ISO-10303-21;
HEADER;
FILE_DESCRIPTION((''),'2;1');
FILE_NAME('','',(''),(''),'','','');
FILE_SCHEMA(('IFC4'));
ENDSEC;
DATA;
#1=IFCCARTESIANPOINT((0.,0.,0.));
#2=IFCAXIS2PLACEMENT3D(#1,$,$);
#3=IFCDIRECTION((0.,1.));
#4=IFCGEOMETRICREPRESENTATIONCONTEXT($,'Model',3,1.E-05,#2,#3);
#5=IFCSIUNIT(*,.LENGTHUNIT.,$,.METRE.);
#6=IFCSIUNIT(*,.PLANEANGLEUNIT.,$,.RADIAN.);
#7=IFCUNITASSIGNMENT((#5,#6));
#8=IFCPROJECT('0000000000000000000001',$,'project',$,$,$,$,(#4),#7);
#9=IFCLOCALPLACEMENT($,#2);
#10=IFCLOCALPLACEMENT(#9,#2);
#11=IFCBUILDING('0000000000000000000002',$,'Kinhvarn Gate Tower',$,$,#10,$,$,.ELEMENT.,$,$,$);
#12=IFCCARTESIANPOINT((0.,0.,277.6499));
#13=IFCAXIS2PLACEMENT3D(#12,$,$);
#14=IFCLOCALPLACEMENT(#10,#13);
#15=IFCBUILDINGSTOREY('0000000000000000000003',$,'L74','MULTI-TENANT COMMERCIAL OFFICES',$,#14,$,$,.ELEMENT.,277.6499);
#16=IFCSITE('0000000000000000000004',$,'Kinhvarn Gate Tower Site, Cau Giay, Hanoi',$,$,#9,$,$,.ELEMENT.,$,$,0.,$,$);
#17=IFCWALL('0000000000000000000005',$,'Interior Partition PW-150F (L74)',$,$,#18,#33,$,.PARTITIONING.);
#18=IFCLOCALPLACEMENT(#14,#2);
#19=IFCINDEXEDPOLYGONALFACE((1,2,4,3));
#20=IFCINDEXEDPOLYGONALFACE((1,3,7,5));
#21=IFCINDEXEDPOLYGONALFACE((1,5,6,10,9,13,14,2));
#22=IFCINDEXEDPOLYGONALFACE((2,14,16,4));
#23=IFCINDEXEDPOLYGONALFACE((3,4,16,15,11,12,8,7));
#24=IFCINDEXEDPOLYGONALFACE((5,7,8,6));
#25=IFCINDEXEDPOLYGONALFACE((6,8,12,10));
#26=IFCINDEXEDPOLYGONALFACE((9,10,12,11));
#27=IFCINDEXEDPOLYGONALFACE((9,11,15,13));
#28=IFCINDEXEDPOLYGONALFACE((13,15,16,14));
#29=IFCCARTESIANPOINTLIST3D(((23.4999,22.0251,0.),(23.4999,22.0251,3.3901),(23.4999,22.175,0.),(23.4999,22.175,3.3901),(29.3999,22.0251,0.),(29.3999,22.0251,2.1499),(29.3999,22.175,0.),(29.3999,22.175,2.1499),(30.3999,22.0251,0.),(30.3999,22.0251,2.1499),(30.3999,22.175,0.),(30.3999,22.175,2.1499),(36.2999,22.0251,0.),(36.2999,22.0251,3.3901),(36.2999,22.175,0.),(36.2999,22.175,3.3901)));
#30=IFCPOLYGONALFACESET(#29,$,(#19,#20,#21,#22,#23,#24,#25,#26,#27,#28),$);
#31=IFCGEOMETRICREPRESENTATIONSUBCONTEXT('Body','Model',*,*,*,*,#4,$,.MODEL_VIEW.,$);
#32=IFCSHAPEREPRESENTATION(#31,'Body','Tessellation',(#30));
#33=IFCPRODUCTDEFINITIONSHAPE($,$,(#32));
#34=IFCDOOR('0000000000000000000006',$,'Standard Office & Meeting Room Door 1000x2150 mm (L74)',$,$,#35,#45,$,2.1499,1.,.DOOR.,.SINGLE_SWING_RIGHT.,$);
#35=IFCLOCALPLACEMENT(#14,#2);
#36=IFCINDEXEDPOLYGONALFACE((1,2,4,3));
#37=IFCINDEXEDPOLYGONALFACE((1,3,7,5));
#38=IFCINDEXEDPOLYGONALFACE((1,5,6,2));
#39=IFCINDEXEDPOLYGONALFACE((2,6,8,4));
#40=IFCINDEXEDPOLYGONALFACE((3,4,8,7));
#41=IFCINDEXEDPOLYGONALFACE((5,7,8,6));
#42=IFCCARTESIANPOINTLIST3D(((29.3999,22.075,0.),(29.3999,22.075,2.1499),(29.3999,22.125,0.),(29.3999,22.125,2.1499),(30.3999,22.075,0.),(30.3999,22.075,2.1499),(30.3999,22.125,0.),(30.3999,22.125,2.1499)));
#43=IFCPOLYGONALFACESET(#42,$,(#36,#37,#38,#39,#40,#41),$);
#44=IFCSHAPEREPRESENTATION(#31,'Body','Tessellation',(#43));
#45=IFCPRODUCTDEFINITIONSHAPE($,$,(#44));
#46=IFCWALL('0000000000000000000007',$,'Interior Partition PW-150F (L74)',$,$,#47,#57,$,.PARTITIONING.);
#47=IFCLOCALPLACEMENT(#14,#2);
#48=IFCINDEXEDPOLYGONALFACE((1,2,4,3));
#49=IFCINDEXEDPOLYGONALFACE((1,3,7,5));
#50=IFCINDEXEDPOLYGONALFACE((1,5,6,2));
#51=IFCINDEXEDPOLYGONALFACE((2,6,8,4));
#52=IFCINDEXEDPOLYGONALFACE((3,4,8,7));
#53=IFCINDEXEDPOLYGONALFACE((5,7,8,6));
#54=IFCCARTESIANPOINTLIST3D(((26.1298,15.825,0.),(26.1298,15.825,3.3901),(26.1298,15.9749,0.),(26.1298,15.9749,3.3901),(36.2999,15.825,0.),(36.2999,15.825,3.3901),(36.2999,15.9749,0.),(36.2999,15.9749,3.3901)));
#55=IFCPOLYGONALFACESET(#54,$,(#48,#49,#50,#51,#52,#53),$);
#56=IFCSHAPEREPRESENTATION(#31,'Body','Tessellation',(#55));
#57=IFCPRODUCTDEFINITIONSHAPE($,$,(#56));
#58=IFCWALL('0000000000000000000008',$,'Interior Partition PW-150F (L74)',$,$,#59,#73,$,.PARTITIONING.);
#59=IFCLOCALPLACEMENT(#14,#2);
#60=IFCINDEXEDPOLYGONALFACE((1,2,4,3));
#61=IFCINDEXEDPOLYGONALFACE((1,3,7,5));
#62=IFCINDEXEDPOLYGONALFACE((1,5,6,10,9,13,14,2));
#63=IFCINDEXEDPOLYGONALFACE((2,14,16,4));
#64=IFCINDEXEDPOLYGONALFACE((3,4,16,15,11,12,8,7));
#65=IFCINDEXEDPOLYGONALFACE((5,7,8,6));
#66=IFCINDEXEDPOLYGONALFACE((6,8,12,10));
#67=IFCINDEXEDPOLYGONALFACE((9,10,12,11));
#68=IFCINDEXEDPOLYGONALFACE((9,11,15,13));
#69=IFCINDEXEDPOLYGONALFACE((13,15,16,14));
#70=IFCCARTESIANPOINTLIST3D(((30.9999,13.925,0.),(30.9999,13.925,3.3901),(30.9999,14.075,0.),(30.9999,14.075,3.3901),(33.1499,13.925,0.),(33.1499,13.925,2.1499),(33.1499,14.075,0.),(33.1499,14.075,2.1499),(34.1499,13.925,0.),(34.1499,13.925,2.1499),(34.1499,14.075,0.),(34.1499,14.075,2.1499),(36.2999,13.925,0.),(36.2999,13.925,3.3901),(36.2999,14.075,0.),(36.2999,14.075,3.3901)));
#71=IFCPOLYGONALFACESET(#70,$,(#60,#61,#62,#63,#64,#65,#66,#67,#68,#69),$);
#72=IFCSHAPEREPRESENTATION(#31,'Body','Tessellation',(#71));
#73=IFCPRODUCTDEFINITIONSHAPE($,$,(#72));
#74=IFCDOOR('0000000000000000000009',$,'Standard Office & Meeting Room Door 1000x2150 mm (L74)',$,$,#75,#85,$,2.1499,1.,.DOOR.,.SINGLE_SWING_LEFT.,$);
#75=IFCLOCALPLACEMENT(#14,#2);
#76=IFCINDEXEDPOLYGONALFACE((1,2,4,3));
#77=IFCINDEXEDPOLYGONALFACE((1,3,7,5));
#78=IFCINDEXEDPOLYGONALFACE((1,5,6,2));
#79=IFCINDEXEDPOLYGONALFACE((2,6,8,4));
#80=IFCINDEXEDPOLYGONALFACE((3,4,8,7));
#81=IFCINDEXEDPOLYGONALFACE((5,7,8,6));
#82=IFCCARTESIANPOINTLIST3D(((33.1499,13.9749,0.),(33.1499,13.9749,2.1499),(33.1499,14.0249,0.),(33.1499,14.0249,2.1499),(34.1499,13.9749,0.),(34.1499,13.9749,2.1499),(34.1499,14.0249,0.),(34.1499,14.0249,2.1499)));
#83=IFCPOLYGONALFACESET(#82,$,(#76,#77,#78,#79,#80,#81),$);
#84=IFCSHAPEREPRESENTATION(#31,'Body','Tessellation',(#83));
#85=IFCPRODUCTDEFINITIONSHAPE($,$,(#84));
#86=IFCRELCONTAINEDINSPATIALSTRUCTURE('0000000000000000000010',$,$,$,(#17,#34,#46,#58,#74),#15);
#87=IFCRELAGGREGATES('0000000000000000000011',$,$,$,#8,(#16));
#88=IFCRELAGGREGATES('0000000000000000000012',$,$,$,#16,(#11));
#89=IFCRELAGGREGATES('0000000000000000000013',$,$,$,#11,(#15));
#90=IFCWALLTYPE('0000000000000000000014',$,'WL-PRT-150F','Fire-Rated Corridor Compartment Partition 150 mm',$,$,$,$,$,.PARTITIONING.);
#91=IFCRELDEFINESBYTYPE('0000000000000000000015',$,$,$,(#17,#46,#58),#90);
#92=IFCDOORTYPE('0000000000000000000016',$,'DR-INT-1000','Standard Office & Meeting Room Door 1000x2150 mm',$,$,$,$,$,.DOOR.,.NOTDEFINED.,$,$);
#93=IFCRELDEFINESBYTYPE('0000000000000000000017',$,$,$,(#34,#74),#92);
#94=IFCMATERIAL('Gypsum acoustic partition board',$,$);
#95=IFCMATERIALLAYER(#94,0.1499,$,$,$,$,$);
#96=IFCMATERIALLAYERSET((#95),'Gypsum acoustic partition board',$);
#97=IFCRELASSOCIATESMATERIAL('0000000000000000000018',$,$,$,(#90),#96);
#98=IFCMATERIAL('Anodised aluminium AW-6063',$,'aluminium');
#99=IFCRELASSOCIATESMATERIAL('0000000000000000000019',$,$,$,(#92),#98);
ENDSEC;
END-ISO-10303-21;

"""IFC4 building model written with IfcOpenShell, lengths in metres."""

from ifc_helpers import new_model, si_unit, direction, frame, frame_2d, origin, place, context, subcontext, project, spatial, rectangle, extrude, material, layer, layer_set, type_object, element, fill, save


model = new_model("IFC4")

# Units and contexts
model_context = context("Model", 3, precision=1e-05, world=origin(), true_north=direction((0.0, 1.0)))
body_context = subcontext(model_context, "Body", "Model", "MODEL_VIEW")
ifc_project = project(units=[si_unit("LENGTHUNIT", "METRE"), si_unit("PLANEANGLEUNIT", "RADIAN")], contexts=[model_context])

# Site, building, storey
site_placement = place(None, origin())
site = spatial("IfcSite", under=ifc_project, at=site_placement, Name="Kinhvarn Gate Tower Site, Cau Giay, Hanoi", CompositionType="ELEMENT", RefElevation=0.0)
building_placement = place(site_placement, origin())
building = spatial("IfcBuilding", under=site, at=building_placement, Name="Kinhvarn Gate Tower", CompositionType="ELEMENT")
storey_placement = place(building_placement, frame((0.0, 0.0, 277.6499)))
storey = spatial("IfcBuildingStorey", under=building, at=storey_placement, Name="L74", Description="MULTI-TENANT COMMERCIAL OFFICES", CompositionType="ELEMENT", Elevation=277.6499)

# Shared definitions
ifc_material_1 = material(Name="Gypsum acoustic partition board")
ifc_layer_1 = layer(ifc_material_1, 0.1499)
ifc_layer_set_1 = layer_set([ifc_layer_1], Name="Gypsum acoustic partition board")
wall_type_1 = type_object("IfcWallType", Name="WL-PRT-150F", Description="Fire-Rated Corridor Compartment Partition 150 mm", PredefinedType="PARTITIONING", material=ifc_layer_set_1)

# Wall, opening, door
wall_1_placement = place(storey_placement, frame((23.5, 22.1001, 0.0), z_axis=(0.0, 0.0, 1.0), x_axis=(1.0, 0.0, 0.0)))
wall_1 = element("IfcWall", 1, at=wall_1_placement, inside=storey, type_object=wall_type_1, Name="Interior Partition PW-150F (L74)", PredefinedType="PARTITIONING", context=body_context, shape_type="SweptSolid", body=[
    extrude(rectangle(XDim=12.8, YDim=0.1499, at=frame_2d((6.3999, 0.0))), origin(), (0.0, 0.0, 1.0), 3.3901),
])
opening_1_placement = place(wall_1_placement, frame((5.8999, 0.0, 0.0)))
opening_1 = element("IfcOpeningElement", 2, at=opening_1_placement, cuts=wall_1, PredefinedType="OPENING", context=body_context, shape_type="SweptSolid", body=[
    extrude(rectangle(XDim=1.0, YDim=2.1499, at=frame_2d((0.5, 1.075))), frame((0.0, 0.085, 0.0), z_axis=(0.0, -1.0, 0.0), x_axis=(1.0, 0.0, 0.0)), (0.0, 0.0, 1.0), 0.1699),
])
ifc_material_2 = material(Name="Anodised aluminium AW-6063", Category="aluminium")
door_type = type_object("IfcDoorType", Name="DR-INT-1000", Description="Standard Office & Meeting Room Door 1000x2150 mm", OperationType="NOTDEFINED", PredefinedType="DOOR", material=ifc_material_2)
door_1_placement = place(opening_1_placement, origin())
door_1 = element("IfcDoor", 3, at=door_1_placement, inside=storey, type_object=door_type, Name="Standard Office & Meeting Room Door 1000x2150 mm (L74)", OperationType="SINGLE_SWING_RIGHT", OverallHeight=2.1499, OverallWidth=1.0, PredefinedType="DOOR", context=body_context, shape_type="SweptSolid", body=[
    extrude(rectangle(XDim=1.0, YDim=2.1499, at=frame_2d((0.5, 1.075))), frame((0.0, 0.0249, 0.0), z_axis=(0.0, -1.0, 0.0), x_axis=(1.0, 0.0, 0.0)), (0.0, 0.0, 1.0), 0.05),
])
fill(opening_1, door_1)

# Wall
wall_2_placement = place(storey_placement, frame((26.1299, 15.8999, 0.0), z_axis=(0.0, 0.0, 1.0), x_axis=(1.0, 0.0, 0.0)))
element("IfcWall", 4, at=wall_2_placement, inside=storey, type_object=wall_type_1, Name="Interior Partition PW-150F (L74)", PredefinedType="PARTITIONING", context=body_context, shape_type="SweptSolid", body=[
    extrude(rectangle(XDim=10.1702, YDim=0.1499, at=frame_2d((5.085, 0.0))), origin(), (0.0, 0.0, 1.0), 3.3901),
])

# Wall, opening, door
wall_3_placement = place(storey_placement, frame((31.0, 14.0, 0.0), z_axis=(0.0, 0.0, 1.0), x_axis=(1.0, 0.0, 0.0)))
wall_3 = element("IfcWall", 5, at=wall_3_placement, inside=storey, type_object=wall_type_1, Name="Interior Partition PW-150F (L74)", PredefinedType="PARTITIONING", context=body_context, shape_type="SweptSolid", body=[
    extrude(rectangle(XDim=5.3, YDim=0.1499, at=frame_2d((2.6499, 0.0))), origin(), (0.0, 0.0, 1.0), 3.3901),
])
opening_2_placement = place(wall_3_placement, frame((2.1499, 0.0, 0.0)))
opening_2 = element("IfcOpeningElement", 6, at=opening_2_placement, cuts=wall_3, PredefinedType="OPENING", context=body_context, shape_type="SweptSolid", body=[
    extrude(rectangle(XDim=1.0, YDim=2.1499, at=frame_2d((0.5, 1.075))), frame((0.0, 0.085, 0.0), z_axis=(0.0, -1.0, 0.0), x_axis=(1.0, 0.0, 0.0)), (0.0, 0.0, 1.0), 0.1699),
])
door_2_placement = place(opening_2_placement, origin())
door_2 = element("IfcDoor", 7, at=door_2_placement, inside=storey, type_object=door_type, Name="Standard Office & Meeting Room Door 1000x2150 mm (L74)", OperationType="SINGLE_SWING_LEFT", OverallHeight=2.1499, OverallWidth=1.0, PredefinedType="DOOR", context=body_context, shape_type="SweptSolid", body=[
    extrude(rectangle(XDim=1.0, YDim=2.1499, at=frame_2d((0.5, 1.075))), frame((0.0, 0.0249, 0.0), z_axis=(0.0, -1.0, 0.0), x_axis=(1.0, 0.0, 0.0)), (0.0, 0.0, 1.0), 0.05),
])
fill(opening_2, door_2)

save(model, "model.ifc")
